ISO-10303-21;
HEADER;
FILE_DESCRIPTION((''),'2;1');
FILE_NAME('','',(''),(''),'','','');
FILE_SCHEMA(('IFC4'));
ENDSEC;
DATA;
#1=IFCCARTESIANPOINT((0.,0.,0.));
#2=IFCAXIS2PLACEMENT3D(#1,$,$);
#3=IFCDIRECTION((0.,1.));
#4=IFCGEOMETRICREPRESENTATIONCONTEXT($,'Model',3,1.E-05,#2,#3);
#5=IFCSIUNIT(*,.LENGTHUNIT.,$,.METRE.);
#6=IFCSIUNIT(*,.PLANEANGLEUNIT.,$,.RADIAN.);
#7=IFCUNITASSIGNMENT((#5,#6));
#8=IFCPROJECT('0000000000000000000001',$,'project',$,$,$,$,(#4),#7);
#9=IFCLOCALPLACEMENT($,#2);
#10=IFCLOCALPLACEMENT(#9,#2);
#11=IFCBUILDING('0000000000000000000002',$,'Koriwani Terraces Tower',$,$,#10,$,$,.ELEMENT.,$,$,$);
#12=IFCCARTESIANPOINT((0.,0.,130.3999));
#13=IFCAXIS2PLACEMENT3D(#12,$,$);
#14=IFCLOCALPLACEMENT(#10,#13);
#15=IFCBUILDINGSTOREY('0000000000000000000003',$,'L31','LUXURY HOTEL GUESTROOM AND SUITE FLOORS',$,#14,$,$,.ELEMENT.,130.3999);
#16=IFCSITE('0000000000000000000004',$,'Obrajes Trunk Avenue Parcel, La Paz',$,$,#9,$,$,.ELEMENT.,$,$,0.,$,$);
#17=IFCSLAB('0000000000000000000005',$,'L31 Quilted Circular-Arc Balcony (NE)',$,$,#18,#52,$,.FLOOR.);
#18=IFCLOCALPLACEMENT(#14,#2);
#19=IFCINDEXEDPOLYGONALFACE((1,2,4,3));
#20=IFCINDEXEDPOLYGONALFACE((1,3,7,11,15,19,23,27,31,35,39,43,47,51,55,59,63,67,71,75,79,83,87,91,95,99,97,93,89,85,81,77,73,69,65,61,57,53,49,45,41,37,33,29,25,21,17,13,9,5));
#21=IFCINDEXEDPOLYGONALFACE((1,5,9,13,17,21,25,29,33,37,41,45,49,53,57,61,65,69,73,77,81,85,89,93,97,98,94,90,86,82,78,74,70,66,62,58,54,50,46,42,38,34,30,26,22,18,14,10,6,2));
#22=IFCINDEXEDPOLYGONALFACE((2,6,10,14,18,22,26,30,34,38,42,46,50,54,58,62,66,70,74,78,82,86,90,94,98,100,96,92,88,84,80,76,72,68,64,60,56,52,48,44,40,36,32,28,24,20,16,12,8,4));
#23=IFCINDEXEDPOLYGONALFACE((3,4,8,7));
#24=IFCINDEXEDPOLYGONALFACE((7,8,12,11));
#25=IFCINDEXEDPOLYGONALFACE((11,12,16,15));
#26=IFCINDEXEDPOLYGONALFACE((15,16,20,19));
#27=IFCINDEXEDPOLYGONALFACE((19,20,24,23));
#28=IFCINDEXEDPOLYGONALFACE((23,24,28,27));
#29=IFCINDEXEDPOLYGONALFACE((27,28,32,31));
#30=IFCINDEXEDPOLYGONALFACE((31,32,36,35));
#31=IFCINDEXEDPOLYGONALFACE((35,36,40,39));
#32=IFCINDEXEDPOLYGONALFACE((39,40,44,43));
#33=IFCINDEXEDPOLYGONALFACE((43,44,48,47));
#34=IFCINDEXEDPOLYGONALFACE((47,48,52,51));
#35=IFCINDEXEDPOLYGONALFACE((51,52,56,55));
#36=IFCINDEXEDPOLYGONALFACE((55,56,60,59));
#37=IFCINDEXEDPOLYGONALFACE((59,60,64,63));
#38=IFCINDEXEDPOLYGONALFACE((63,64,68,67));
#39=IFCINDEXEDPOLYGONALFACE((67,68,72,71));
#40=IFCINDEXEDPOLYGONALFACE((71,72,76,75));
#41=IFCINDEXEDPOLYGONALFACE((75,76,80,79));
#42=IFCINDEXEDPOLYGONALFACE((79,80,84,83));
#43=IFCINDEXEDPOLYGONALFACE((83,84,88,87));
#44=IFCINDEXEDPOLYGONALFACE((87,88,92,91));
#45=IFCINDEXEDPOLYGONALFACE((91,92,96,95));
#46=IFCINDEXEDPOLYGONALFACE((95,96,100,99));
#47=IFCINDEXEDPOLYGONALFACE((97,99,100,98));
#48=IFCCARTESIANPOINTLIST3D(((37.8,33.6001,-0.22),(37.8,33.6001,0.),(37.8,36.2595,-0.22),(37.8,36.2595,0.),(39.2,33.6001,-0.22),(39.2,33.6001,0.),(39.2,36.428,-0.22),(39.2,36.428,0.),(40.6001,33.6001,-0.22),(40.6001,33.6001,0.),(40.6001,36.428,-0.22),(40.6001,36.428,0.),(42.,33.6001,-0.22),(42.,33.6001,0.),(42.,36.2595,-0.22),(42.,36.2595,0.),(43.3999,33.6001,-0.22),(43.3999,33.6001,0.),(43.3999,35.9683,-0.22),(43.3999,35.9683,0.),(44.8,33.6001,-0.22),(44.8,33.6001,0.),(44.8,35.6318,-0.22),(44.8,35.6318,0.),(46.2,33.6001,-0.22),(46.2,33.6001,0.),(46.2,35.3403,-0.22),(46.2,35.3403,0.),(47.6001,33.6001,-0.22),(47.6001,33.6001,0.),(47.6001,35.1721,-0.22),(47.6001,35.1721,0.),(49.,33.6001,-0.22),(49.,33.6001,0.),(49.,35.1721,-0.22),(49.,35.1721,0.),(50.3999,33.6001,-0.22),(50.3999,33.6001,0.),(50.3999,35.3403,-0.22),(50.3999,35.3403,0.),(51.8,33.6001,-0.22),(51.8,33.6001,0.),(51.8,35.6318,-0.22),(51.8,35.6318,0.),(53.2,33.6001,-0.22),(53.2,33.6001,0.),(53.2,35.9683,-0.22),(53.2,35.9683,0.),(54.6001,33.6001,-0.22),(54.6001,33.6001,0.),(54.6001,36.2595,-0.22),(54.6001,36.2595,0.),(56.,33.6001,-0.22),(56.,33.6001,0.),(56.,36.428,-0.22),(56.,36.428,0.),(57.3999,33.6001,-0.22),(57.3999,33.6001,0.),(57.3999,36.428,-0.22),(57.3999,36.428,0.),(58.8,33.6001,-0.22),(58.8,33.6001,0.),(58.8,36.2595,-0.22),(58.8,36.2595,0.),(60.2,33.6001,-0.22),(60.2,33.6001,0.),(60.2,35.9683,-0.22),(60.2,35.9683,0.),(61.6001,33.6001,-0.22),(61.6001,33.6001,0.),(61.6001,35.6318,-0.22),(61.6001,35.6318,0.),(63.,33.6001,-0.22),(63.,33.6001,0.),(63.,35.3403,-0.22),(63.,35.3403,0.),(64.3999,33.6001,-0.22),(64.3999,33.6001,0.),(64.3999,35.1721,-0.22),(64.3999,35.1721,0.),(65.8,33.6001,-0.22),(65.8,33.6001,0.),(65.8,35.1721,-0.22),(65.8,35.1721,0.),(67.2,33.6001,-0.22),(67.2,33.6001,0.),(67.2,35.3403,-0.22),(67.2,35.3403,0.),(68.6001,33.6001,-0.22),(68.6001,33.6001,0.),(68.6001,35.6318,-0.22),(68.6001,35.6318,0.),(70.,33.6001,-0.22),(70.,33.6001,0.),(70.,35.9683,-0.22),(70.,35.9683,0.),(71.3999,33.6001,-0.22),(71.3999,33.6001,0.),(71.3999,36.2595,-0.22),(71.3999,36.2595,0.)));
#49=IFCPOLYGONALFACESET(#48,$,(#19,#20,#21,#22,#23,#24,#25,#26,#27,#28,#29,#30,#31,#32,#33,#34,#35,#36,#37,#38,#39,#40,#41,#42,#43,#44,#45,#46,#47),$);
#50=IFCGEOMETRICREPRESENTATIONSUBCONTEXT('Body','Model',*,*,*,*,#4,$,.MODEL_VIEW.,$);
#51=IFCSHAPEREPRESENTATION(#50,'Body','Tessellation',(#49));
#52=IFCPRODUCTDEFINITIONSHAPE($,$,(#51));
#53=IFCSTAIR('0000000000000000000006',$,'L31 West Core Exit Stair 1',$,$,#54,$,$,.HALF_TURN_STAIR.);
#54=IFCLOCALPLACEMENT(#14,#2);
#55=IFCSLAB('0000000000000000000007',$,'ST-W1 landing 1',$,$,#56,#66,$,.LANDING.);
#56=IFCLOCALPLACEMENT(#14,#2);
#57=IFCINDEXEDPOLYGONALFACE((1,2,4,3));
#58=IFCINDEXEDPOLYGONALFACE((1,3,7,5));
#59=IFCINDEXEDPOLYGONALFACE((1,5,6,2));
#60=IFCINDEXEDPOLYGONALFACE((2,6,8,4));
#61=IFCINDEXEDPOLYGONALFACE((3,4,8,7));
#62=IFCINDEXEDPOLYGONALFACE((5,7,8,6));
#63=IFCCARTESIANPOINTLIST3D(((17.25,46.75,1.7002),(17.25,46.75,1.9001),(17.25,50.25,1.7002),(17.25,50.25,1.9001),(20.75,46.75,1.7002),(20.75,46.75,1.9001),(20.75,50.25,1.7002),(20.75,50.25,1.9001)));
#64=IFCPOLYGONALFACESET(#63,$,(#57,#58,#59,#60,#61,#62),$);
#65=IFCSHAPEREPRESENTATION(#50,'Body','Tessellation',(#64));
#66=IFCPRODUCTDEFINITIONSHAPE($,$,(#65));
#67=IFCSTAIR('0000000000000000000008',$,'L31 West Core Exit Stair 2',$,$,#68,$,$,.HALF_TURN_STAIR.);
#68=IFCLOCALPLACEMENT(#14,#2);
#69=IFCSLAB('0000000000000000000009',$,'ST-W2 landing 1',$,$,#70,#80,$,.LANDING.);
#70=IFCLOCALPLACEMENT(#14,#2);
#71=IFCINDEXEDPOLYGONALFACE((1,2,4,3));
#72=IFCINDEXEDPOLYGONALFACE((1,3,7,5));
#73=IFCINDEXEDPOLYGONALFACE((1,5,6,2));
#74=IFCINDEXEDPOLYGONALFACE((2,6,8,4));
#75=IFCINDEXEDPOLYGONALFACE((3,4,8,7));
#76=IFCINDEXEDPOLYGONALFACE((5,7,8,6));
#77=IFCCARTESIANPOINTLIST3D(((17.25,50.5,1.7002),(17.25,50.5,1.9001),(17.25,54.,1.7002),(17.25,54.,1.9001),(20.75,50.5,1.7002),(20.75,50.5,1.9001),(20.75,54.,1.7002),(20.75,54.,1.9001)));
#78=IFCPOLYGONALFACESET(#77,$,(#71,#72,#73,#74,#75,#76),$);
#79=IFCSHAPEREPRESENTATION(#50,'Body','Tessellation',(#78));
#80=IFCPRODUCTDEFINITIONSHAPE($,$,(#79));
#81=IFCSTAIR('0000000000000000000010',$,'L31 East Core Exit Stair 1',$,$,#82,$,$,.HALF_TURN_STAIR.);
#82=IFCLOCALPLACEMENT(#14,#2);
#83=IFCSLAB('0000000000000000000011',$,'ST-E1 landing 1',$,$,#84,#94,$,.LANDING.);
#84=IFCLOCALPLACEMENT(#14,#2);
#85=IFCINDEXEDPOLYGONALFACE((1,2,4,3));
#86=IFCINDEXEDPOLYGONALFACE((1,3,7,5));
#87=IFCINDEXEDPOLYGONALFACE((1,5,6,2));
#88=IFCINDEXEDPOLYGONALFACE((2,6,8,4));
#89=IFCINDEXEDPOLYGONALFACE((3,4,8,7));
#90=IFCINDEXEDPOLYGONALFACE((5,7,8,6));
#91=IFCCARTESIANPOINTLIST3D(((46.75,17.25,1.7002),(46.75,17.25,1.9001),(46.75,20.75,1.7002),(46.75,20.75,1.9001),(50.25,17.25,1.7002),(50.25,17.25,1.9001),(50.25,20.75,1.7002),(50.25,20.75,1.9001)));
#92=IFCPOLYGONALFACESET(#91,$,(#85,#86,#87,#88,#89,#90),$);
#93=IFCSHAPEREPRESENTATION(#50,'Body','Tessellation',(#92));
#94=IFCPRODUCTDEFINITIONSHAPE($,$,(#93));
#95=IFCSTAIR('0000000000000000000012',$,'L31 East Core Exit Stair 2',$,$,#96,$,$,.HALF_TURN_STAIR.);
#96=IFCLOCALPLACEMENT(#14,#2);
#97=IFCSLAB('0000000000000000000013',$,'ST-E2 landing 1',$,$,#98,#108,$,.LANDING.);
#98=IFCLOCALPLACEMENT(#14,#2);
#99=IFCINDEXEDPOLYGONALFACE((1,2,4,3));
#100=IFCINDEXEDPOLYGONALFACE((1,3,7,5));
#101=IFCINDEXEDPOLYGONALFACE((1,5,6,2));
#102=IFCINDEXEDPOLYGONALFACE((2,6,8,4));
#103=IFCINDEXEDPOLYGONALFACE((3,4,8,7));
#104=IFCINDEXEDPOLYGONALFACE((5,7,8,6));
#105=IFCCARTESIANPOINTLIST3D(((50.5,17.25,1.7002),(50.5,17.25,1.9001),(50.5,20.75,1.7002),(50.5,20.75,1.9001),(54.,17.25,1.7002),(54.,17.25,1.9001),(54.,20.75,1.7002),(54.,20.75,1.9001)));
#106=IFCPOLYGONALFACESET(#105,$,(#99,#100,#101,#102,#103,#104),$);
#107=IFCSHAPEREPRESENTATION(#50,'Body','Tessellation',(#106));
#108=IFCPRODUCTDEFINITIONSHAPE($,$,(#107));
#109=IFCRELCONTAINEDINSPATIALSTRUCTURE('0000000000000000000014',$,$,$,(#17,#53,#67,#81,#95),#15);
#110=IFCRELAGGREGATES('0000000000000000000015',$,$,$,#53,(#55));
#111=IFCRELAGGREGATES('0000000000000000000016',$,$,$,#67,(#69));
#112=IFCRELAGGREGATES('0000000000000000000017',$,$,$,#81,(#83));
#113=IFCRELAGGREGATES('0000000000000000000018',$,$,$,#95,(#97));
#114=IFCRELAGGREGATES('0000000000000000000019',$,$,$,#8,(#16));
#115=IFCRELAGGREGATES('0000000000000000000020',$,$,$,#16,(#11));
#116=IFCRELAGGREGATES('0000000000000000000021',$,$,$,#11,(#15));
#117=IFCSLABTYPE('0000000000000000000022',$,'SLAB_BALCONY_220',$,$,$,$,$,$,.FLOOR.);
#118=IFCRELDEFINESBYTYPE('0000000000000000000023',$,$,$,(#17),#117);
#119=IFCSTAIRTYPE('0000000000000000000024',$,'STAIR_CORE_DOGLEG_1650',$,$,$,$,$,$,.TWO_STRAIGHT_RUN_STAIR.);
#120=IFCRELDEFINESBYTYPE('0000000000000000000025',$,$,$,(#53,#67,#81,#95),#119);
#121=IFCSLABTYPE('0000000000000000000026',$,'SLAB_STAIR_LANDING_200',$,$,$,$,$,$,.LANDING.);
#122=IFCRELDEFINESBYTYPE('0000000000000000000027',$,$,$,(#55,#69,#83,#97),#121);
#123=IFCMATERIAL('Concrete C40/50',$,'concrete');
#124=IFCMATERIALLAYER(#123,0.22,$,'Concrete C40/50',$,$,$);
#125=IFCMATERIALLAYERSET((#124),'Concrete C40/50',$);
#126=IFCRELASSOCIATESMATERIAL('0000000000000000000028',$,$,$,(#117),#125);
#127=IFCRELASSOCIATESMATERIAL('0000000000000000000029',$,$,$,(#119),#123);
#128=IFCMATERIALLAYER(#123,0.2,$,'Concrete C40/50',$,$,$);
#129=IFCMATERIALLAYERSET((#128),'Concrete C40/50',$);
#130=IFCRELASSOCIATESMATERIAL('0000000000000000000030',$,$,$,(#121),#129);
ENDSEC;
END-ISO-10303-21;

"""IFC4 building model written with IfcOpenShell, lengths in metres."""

from ifc_helpers import new_model, si_unit, direction, frame, origin, place, context, subcontext, project, spatial, polyline, outline, extrude, material, layer, layer_set, type_object, element, aggregate, save


model = new_model("IFC4")

# Units and contexts
model_context = context("Model", 3, precision=1e-05, world=origin(), true_north=direction((0.0, 1.0)))
body_context = subcontext(model_context, "Body", "Model", "MODEL_VIEW")
ifc_project = project(units=[si_unit("LENGTHUNIT", "METRE"), si_unit("PLANEANGLEUNIT", "RADIAN")], contexts=[model_context])

# Site, building, storey
site_placement = place(None, origin())
site = spatial("IfcSite", under=ifc_project, at=site_placement, Name="Obrajes Trunk Avenue Parcel, La Paz", CompositionType="ELEMENT", RefElevation=0.0)
building_placement = place(site_placement, origin())
building = spatial("IfcBuilding", under=site, at=building_placement, Name="Koriwani Terraces Tower", CompositionType="ELEMENT")
storey_placement = place(building_placement, frame((0.0, 0.0, 130.3999)))
storey = spatial("IfcBuildingStorey", under=building, at=storey_placement, Name="L31", Description="LUXURY HOTEL GUESTROOM AND SUITE FLOORS", CompositionType="ELEMENT", Elevation=130.3999)

# Shared definitions
ifc_material_1 = material(Name="Concrete C40/50", Category="concrete")

# Slab
ifc_layer_1 = layer(ifc_material_1, 0.22, Name="Concrete C40/50")
ifc_layer_set_1 = layer_set([ifc_layer_1], Name="Concrete C40/50")
slab_type_1 = type_object("IfcSlabType", Name="SLAB_BALCONY_220", PredefinedType="FLOOR", material=ifc_layer_set_1)
slab_1_placement = place(storey_placement, frame((0.0, 0.0, -0.22)))
element("IfcSlab", 1, at=slab_1_placement, inside=storey, type_object=slab_type_1, Name="L31 Quilted Circular-Arc Balcony (NE)", PredefinedType="FLOOR", context=body_context, shape_type="SweptSolid", body=[
    extrude(outline(polyline([(71.3999, 33.6001), (70.0, 33.6001), (68.6001, 33.6001), (67.2, 33.6001), (65.8, 33.6001), (64.3999, 33.6001), (63.0, 33.6001), (61.6001, 33.6001), (60.2, 33.6001), (58.8, 33.6001), (57.3999, 33.6001), (56.0, 33.6001), (54.6001, 33.6001), (53.2, 33.6001), (51.8, 33.6001), (50.3999, 33.6001), (49.0, 33.6001), (47.6001, 33.6001), (46.2, 33.6001), (44.8, 33.6001), (43.3999, 33.6001), (42.0, 33.6001), (40.6001, 33.6001), (39.2, 33.6001), (37.8, 33.6001), (37.8, 36.2595), (39.2, 36.428), (40.6001, 36.428), (42.0, 36.2595), (43.3999, 35.9683), (44.8, 35.6318), (46.2, 35.3403), (47.6001, 35.1721), (49.0, 35.1721), (50.3999, 35.3403), (51.8, 35.6318), (53.2, 35.9683), (54.6001, 36.2595), (56.0, 36.428), (57.3999, 36.428), (58.8, 36.2595), (60.2, 35.9683), (61.6001, 35.6318), (63.0, 35.3403), (64.3999, 35.1721), (65.8, 35.1721), (67.2, 35.3403), (68.6001, 35.6318), (70.0, 35.9683), (71.3999, 36.2595), (71.3999, 33.6001)])), origin(), (0.0, 0.0, 1.0), 0.22),
])

# Stairs, slabs
stair_type = type_object("IfcStairType", Name="STAIR_CORE_DOGLEG_1650", PredefinedType="TWO_STRAIGHT_RUN_STAIR", material=ifc_material_1)
stair_1_placement = place(storey_placement, origin())
stair_1 = element("IfcStair", 2, at=stair_1_placement, inside=storey, type_object=stair_type, Name="L31 West Core Exit Stair 1", PredefinedType="HALF_TURN_STAIR")
ifc_layer_2 = layer(ifc_material_1, 0.2, Name="Concrete C40/50")
ifc_layer_set_2 = layer_set([ifc_layer_2], Name="Concrete C40/50")
slab_type_2 = type_object("IfcSlabType", Name="SLAB_STAIR_LANDING_200", PredefinedType="LANDING", material=ifc_layer_set_2)
slab_2_placement = place(storey_placement, frame((0.0, 0.0, 1.7002)))
slab_2 = element("IfcSlab", 3, at=slab_2_placement, type_object=slab_type_2, Name="ST-W1 landing 1", PredefinedType="LANDING", context=body_context, shape_type="SweptSolid", body=[
    extrude(outline(polyline([(20.75, 46.75), (20.75, 50.25), (17.25, 50.25), (17.25, 46.75), (20.75, 46.75)])), origin(), (0.0, 0.0, 1.0), 0.2),
])
aggregate(stair_1, [slab_2])
stair_2_placement = place(storey_placement, origin())
stair_2 = element("IfcStair", 4, at=stair_2_placement, inside=storey, type_object=stair_type, Name="L31 West Core Exit Stair 2", PredefinedType="HALF_TURN_STAIR")
slab_3_placement = place(storey_placement, frame((0.0, 0.0, 1.7002)))
slab_3 = element("IfcSlab", 5, at=slab_3_placement, type_object=slab_type_2, Name="ST-W2 landing 1", PredefinedType="LANDING", context=body_context, shape_type="SweptSolid", body=[
    extrude(outline(polyline([(17.25, 54.0), (17.25, 50.5), (20.75, 50.5), (20.75, 54.0), (17.25, 54.0)])), origin(), (0.0, 0.0, 1.0), 0.2),
])
aggregate(stair_2, [slab_3])
stair_3_placement = place(storey_placement, origin())
stair_3 = element("IfcStair", 6, at=stair_3_placement, inside=storey, type_object=stair_type, Name="L31 East Core Exit Stair 1", PredefinedType="HALF_TURN_STAIR")
slab_4_placement = place(storey_placement, frame((0.0, 0.0, 1.7002)))
slab_4 = element("IfcSlab", 7, at=slab_4_placement, type_object=slab_type_2, Name="ST-E1 landing 1", PredefinedType="LANDING", context=body_context, shape_type="SweptSolid", body=[
    extrude(outline(polyline([(46.75, 17.25), (50.25, 17.25), (50.25, 20.75), (46.75, 20.75), (46.75, 17.25)])), origin(), (0.0, 0.0, 1.0), 0.2),
])
aggregate(stair_3, [slab_4])
stair_4_placement = place(storey_placement, origin())
stair_4 = element("IfcStair", 8, at=stair_4_placement, inside=storey, type_object=stair_type, Name="L31 East Core Exit Stair 2", PredefinedType="HALF_TURN_STAIR")
slab_5_placement = place(storey_placement, frame((0.0, 0.0, 1.7002)))
slab_5 = element("IfcSlab", 9, at=slab_5_placement, type_object=slab_type_2, Name="ST-E2 landing 1", PredefinedType="LANDING", context=body_context, shape_type="SweptSolid", body=[
    extrude(outline(polyline([(54.0, 20.75), (50.5, 20.75), (50.5, 17.25), (54.0, 17.25), (54.0, 20.75)])), origin(), (0.0, 0.0, 1.0), 0.2),
])
aggregate(stair_4, [slab_5])

save(model, "model.ifc")
